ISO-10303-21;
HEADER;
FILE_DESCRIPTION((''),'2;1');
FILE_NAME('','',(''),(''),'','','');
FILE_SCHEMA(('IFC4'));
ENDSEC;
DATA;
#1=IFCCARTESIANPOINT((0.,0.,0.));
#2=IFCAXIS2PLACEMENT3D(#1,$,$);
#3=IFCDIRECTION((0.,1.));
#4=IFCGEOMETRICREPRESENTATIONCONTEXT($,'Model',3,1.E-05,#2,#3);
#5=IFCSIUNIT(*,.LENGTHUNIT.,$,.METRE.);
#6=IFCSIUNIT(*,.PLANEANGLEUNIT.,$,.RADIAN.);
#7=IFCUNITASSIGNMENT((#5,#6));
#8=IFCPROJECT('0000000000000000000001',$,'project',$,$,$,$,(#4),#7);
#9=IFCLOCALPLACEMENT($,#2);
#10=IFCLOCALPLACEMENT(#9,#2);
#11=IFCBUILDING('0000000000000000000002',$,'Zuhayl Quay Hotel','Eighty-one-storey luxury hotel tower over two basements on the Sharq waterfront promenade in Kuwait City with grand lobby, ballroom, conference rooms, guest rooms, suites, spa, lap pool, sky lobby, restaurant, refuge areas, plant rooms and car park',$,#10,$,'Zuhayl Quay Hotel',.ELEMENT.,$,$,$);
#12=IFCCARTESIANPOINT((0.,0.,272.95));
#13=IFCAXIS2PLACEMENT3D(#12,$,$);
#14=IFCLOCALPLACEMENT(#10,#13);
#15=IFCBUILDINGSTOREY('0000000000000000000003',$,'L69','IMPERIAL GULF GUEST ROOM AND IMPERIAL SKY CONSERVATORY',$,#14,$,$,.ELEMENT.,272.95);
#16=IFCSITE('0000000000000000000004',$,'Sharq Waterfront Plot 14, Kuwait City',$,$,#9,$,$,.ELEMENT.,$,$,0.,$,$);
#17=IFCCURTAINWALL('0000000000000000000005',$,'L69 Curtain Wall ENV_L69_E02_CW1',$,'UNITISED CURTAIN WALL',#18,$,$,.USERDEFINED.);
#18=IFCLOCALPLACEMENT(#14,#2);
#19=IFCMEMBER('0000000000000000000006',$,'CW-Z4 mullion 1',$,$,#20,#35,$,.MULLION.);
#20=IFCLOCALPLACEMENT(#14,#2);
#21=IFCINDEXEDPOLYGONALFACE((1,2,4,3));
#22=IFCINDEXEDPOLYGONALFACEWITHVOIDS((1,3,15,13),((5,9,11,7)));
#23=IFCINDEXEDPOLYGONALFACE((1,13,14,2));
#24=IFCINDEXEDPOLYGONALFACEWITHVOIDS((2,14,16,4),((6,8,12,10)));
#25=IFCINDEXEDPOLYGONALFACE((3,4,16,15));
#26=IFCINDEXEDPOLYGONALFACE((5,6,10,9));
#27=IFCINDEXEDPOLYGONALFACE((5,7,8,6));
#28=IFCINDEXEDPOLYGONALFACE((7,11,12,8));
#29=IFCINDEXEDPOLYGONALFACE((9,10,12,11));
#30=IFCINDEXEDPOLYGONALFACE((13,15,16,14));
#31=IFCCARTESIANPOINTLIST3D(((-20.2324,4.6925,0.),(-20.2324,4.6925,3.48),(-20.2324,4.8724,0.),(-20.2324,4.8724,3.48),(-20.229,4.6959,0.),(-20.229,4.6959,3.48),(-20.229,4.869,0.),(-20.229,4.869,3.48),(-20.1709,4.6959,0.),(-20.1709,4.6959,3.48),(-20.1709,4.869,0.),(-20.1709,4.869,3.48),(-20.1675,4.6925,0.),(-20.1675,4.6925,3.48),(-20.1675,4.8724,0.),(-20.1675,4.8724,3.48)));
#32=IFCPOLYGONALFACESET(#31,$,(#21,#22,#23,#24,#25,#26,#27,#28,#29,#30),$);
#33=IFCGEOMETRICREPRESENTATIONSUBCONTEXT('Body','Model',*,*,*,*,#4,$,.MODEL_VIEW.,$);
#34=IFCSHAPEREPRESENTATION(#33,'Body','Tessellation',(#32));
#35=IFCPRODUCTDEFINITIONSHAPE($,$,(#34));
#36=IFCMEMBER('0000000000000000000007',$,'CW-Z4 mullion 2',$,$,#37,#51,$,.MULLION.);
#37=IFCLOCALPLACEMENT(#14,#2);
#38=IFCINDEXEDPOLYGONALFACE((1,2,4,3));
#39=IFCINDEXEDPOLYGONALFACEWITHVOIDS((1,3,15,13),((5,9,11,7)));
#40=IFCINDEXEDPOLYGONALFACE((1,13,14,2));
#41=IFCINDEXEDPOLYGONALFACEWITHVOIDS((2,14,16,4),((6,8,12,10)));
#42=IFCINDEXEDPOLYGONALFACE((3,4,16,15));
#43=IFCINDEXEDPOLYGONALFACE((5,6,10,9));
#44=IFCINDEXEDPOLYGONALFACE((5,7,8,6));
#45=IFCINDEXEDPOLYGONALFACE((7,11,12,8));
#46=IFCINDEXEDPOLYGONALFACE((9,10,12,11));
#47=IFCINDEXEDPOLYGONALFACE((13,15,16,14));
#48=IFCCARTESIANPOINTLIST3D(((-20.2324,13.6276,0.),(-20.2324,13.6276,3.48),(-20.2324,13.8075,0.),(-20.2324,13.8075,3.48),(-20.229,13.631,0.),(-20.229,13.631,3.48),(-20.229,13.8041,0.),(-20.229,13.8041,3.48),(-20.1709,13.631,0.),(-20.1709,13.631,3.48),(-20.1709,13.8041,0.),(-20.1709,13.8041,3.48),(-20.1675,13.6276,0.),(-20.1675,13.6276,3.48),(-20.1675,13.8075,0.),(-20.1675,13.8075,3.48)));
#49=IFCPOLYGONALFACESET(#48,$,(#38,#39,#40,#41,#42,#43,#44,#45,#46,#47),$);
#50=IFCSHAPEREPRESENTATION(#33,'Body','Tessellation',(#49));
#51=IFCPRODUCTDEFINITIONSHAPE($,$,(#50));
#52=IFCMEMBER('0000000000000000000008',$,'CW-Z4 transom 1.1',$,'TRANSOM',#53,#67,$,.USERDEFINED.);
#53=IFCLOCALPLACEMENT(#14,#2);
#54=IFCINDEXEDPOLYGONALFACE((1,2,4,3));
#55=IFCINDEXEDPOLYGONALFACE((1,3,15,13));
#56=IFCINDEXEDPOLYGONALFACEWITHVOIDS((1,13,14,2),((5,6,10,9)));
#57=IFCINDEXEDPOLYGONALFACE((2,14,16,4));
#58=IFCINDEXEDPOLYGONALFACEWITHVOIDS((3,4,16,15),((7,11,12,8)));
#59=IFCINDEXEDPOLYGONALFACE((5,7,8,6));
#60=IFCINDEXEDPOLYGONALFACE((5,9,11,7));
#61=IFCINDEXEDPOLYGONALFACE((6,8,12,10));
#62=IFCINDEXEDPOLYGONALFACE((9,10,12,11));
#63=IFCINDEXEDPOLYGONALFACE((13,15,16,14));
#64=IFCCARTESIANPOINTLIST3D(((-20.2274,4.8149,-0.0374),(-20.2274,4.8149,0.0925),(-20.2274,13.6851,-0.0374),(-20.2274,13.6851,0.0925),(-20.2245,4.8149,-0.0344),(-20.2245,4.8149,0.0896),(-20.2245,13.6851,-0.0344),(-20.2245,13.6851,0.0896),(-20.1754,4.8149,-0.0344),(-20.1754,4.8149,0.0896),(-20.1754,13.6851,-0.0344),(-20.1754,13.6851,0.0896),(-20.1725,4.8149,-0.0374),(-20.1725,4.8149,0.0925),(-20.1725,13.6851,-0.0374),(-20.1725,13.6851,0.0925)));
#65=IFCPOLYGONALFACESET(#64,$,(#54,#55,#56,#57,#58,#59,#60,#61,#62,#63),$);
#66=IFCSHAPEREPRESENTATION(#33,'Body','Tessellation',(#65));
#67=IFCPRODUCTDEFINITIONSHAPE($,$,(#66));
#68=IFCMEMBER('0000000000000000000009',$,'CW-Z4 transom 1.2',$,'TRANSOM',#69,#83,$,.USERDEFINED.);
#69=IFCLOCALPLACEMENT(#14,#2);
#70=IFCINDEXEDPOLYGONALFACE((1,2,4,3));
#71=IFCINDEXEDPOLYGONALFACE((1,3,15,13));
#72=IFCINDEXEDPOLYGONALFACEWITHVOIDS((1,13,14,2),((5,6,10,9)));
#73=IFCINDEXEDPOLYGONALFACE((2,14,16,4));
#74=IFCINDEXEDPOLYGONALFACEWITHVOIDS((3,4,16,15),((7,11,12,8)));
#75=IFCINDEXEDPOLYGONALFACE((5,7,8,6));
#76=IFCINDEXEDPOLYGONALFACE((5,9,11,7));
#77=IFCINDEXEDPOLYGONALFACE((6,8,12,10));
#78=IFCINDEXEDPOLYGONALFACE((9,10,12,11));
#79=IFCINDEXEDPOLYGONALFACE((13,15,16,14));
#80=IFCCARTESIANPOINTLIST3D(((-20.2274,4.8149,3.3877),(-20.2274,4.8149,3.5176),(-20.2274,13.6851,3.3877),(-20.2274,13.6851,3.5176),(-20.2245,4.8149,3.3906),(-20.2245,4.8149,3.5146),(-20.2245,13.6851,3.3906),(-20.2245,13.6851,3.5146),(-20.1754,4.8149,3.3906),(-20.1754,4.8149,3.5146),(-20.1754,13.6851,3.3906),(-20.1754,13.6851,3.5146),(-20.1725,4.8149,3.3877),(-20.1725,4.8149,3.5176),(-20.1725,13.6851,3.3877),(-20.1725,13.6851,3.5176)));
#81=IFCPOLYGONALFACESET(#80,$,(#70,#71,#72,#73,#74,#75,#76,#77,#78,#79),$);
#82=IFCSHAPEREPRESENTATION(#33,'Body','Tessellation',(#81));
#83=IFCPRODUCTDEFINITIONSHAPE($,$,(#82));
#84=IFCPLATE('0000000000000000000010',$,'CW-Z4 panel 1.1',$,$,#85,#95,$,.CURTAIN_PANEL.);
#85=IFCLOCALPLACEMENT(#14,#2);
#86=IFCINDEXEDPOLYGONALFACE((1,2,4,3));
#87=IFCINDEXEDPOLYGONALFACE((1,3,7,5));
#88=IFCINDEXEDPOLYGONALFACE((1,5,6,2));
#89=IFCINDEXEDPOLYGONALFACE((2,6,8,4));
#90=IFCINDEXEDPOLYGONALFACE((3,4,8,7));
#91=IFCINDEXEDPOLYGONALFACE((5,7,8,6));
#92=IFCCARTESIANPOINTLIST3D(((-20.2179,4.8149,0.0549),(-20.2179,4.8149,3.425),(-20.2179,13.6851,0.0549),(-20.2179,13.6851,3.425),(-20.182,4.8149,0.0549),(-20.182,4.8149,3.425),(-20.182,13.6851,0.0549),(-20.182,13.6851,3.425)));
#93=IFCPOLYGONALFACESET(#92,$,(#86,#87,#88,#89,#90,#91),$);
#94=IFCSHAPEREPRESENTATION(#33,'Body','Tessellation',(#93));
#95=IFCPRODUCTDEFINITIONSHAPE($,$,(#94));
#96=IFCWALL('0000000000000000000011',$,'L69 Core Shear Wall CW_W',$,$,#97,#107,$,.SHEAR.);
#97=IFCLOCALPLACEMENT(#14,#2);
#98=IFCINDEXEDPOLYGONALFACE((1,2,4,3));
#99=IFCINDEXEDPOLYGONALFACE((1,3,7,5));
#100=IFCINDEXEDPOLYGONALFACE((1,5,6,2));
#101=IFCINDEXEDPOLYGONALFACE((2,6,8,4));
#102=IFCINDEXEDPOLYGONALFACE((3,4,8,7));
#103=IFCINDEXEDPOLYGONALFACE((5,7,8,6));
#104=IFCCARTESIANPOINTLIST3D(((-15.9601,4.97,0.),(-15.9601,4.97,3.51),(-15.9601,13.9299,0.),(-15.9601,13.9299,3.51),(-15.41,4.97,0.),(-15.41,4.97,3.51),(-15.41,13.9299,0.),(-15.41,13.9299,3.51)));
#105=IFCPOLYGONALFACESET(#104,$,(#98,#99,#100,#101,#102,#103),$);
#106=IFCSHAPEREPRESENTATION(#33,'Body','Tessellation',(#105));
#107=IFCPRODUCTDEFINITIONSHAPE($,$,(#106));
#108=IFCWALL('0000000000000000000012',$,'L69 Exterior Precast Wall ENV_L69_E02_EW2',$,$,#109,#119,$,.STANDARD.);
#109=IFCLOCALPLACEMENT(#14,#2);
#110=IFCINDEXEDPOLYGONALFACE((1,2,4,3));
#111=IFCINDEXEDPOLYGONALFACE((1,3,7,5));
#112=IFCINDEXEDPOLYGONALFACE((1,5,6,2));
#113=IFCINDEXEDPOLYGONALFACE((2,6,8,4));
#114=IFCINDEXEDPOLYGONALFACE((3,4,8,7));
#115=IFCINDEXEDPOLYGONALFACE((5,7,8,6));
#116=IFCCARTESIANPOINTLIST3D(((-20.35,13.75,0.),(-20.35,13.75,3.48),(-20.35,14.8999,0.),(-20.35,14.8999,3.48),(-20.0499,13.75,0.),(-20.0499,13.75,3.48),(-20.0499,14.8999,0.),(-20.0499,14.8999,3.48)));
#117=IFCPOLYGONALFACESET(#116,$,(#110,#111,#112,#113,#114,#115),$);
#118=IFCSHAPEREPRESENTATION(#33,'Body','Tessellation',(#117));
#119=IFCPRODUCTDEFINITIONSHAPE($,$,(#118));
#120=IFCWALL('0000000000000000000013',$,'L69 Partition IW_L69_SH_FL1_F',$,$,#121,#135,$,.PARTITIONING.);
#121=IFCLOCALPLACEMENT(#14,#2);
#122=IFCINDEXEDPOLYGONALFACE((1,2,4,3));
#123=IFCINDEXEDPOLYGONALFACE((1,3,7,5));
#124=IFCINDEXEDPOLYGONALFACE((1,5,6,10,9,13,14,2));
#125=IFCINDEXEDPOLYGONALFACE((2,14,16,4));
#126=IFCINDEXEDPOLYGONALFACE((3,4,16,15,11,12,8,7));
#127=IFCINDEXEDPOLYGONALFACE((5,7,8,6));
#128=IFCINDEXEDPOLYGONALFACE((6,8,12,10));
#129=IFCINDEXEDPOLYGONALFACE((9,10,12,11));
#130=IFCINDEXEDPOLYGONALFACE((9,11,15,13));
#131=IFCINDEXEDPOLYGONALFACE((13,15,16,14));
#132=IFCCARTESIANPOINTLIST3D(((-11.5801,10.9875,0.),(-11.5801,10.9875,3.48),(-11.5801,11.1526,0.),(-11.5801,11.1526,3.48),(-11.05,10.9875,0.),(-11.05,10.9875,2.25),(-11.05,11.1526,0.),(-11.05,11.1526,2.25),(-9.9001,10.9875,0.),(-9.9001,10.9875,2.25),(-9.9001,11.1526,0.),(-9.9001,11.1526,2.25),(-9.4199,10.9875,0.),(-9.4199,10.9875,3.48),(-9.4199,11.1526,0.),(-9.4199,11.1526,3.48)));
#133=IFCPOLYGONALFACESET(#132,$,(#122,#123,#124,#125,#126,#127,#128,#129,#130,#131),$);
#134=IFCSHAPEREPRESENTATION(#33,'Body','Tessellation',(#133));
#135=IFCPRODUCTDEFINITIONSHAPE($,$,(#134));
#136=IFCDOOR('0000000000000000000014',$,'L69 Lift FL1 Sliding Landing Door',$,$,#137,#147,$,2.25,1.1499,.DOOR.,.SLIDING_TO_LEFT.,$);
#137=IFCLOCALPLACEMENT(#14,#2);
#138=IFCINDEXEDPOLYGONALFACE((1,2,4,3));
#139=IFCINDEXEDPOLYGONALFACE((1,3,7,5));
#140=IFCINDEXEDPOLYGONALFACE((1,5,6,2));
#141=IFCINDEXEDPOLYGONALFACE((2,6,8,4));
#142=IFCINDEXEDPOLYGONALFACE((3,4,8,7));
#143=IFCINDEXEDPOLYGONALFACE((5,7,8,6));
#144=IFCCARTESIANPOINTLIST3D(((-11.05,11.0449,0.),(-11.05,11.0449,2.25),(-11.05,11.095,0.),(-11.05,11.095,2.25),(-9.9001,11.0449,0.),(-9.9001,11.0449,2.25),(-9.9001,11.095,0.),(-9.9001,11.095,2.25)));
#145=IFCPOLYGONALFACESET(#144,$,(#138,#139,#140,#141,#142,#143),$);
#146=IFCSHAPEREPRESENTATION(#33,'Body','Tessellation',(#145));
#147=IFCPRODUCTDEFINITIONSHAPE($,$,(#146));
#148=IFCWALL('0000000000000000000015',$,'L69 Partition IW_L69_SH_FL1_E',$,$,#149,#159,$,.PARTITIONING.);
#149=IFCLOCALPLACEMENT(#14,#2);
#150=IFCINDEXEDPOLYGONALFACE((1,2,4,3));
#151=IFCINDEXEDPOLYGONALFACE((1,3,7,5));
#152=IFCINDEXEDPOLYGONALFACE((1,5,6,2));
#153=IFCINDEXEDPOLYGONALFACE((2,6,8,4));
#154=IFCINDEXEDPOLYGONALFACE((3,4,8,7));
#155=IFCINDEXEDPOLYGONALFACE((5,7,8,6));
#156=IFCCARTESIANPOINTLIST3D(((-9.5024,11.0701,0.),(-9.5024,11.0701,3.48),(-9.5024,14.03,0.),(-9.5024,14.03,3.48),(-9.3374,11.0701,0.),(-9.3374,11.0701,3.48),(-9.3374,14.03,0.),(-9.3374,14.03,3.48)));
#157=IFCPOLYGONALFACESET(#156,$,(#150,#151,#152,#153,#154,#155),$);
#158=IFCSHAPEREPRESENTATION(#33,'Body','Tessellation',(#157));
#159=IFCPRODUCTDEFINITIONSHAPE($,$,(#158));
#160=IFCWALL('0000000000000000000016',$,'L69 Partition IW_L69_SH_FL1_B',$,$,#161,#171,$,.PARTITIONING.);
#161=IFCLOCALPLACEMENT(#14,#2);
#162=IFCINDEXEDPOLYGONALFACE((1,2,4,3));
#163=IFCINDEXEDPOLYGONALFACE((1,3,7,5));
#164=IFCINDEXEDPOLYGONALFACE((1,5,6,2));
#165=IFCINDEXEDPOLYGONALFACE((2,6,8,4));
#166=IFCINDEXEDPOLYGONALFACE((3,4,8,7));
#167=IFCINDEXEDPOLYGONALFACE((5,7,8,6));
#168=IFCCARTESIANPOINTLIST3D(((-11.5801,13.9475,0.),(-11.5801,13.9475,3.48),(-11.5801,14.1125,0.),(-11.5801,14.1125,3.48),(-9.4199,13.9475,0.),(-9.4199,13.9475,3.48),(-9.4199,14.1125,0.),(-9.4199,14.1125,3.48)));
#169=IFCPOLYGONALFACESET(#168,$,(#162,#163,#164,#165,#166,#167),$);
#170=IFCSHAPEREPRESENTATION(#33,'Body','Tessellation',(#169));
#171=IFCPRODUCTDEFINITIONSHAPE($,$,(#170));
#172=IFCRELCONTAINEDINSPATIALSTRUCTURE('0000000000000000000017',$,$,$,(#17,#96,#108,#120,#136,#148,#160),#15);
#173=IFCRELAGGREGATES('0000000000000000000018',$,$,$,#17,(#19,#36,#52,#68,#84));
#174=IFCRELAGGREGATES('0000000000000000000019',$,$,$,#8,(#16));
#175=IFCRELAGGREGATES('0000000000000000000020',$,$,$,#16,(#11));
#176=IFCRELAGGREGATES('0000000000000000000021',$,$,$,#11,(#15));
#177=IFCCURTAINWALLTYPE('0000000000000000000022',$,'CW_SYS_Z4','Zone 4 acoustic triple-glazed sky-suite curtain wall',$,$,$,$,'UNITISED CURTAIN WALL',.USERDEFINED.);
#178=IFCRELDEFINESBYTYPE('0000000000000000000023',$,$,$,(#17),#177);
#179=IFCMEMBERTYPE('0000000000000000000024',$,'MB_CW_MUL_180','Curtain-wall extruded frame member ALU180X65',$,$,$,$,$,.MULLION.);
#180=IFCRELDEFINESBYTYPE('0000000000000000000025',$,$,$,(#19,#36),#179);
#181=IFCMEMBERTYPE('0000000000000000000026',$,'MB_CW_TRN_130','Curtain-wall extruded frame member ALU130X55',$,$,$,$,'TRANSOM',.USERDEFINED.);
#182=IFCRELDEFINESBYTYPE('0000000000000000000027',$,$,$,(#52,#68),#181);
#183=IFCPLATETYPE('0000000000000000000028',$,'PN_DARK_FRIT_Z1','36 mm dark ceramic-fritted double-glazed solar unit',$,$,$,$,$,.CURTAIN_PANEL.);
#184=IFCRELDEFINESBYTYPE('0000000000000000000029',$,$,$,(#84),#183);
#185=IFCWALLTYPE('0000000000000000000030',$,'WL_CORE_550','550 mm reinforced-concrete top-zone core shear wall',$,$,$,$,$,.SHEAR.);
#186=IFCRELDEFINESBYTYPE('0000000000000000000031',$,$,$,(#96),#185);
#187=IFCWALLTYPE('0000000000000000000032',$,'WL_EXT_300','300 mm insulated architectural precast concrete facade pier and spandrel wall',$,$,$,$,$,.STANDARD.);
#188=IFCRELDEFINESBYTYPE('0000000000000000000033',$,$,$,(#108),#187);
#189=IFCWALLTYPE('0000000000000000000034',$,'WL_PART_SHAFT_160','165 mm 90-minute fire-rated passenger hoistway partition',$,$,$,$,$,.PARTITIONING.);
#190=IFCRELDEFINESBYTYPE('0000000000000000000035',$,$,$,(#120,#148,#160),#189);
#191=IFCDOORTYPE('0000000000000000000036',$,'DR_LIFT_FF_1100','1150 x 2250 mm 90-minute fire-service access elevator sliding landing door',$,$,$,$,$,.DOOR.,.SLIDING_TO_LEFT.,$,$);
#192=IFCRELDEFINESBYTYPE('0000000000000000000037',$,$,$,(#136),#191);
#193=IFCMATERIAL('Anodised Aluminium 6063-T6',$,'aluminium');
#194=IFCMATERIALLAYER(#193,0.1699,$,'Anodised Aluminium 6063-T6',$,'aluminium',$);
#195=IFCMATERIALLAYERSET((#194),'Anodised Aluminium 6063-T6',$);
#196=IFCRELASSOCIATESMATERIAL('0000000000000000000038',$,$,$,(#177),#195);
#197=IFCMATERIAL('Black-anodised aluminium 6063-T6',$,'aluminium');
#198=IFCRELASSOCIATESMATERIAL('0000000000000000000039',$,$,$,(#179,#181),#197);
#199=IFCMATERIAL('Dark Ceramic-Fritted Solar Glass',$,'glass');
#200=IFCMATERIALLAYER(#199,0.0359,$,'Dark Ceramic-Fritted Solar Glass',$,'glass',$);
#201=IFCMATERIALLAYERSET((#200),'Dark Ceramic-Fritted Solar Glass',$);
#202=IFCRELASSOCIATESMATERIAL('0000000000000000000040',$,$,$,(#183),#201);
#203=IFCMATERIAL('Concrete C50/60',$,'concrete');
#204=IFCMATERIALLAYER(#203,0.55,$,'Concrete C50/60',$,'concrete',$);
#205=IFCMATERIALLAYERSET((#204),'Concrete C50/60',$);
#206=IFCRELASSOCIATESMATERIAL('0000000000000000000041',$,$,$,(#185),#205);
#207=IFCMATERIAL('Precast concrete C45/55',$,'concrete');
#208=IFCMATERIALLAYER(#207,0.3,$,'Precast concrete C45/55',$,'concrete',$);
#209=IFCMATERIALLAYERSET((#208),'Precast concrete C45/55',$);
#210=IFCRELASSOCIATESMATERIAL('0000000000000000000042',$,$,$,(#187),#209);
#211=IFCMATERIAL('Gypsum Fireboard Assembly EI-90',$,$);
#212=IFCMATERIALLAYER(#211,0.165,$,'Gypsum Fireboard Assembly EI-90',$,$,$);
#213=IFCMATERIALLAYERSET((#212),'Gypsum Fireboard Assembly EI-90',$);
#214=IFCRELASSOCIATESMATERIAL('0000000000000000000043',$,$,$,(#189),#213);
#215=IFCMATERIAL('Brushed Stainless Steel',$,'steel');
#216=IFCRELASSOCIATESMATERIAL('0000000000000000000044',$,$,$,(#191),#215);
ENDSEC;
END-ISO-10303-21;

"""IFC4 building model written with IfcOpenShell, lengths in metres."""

from ifc_helpers import new_model, si_unit, direction, frame, frame_2d, origin, origin_2d, place, context, subcontext, project, spatial, rectangle, hollow_rectangle, extrude, material, layer, layer_set, material_profile, profile_set, type_object, element, fill, aggregate, save


model = new_model("IFC4")

# Units and contexts
model_context = context("Model", 3, precision=1e-05, world=origin(), true_north=direction((0.0, 1.0)))
body_context = subcontext(model_context, "Body", "Model", "MODEL_VIEW")
ifc_project = project(units=[si_unit("LENGTHUNIT", "METRE"), si_unit("PLANEANGLEUNIT", "RADIAN")], contexts=[model_context])

# Site, building, storey
site_placement = place(None, origin())
site = spatial("IfcSite", under=ifc_project, at=site_placement, Name="Sharq Waterfront Plot 14, Kuwait City", CompositionType="ELEMENT", RefElevation=0.0)
building_placement = place(site_placement, origin())
building = spatial("IfcBuilding", under=site, at=building_placement, Name="Zuhayl Quay Hotel", Description="Eighty-one-storey luxury hotel tower over two basements on the Sharq waterfront promenade in Kuwait City with grand lobby, ballroom, conference rooms, guest rooms, suites, spa, lap pool, sky lobby, restaurant, refuge areas, plant rooms and car park", LongName="Zuhayl Quay Hotel", CompositionType="ELEMENT")
storey_placement = place(building_placement, frame((0.0, 0.0, 272.95)))
storey = spatial("IfcBuildingStorey", under=building, at=storey_placement, Name="L69", Description="IMPERIAL GULF GUEST ROOM AND IMPERIAL SKY CONSERVATORY", CompositionType="ELEMENT", Elevation=272.95)

# Curtain wall, members, plate
ifc_material_1 = material(Name="Anodised Aluminium 6063-T6", Category="aluminium")
ifc_layer_1 = layer(ifc_material_1, 0.1699, Name="Anodised Aluminium 6063-T6", Category="aluminium")
ifc_layer_set_1 = layer_set([ifc_layer_1], Name="Anodised Aluminium 6063-T6")
curtain_wall_type = type_object("IfcCurtainWallType", Name="CW_SYS_Z4", Description="Zone 4 acoustic triple-glazed sky-suite curtain wall", ElementType="UNITISED CURTAIN WALL", PredefinedType="USERDEFINED", material=ifc_layer_set_1)
curtain_wall_placement = place(storey_placement, origin())
curtain_wall = element("IfcCurtainWall", 1, at=curtain_wall_placement, inside=storey, type_object=curtain_wall_type, Name="L69 Curtain Wall ENV_L69_E02_CW1", ObjectType="UNITISED CURTAIN WALL", PredefinedType="USERDEFINED")
ifc_material_2 = material(Name="Black-anodised aluminium 6063-T6", Category="aluminium")
ifc_material_profile_1 = material_profile(ifc_material_2, hollow_rectangle(XDim=0.0649, YDim=0.1799, WallThickness=0.0034, at=origin_2d()), Name="ALU180X65")
ifc_profile_set_1 = profile_set([ifc_material_profile_1], Name="Black-anodised aluminium 6063-T6")
member_type_1 = type_object("IfcMemberType", Name="MB_CW_MUL_180", Description="Curtain-wall extruded frame member ALU180X65", PredefinedType="MULLION", material=ifc_profile_set_1)
member_1_placement = place(storey_placement, frame((-20.2, 4.7825, 0.0), z_axis=(0.0, 0.0, 1.0), x_axis=(-1.0, 0.0, 0.0)))
member_1 = element("IfcMember", 2, at=member_1_placement, type_object=member_type_1, Name="CW-Z4 mullion 1", PredefinedType="MULLION", context=body_context, shape_type="SweptSolid", body=[
    extrude(hollow_rectangle(XDim=0.0649, YDim=0.1799, WallThickness=0.0034, at=origin_2d()), origin(), (0.0, 0.0, 1.0), 3.48),
])
member_2_placement = place(storey_placement, frame((-20.2, 13.7175, 0.0), z_axis=(0.0, 0.0, 1.0), x_axis=(-1.0, 0.0, 0.0)))
member_2 = element("IfcMember", 3, at=member_2_placement, type_object=member_type_1, Name="CW-Z4 mullion 2", PredefinedType="MULLION", context=body_context, shape_type="SweptSolid", body=[
    extrude(hollow_rectangle(XDim=0.0649, YDim=0.1799, WallThickness=0.0034, at=origin_2d()), origin(), (0.0, 0.0, 1.0), 3.48),
])
ifc_material_profile_2 = material_profile(ifc_material_2, hollow_rectangle(XDim=0.0549, YDim=0.1299, WallThickness=0.0029, at=origin_2d()), Name="ALU130X55")
ifc_profile_set_2 = profile_set([ifc_material_profile_2], Name="Black-anodised aluminium 6063-T6")
member_type_2 = type_object("IfcMemberType", Name="MB_CW_TRN_130", Description="Curtain-wall extruded frame member ALU130X55", ElementType="TRANSOM", PredefinedType="USERDEFINED", material=ifc_profile_set_2)
member_3_placement = place(storey_placement, frame((-20.2, 4.8149, 0.0276), z_axis=(0.0, 1.0, 0.0), x_axis=(-1.0, 0.0, 0.0)))
member_3 = element("IfcMember", 4, at=member_3_placement, type_object=member_type_2, Name="CW-Z4 transom 1.1", ObjectType="TRANSOM", PredefinedType="USERDEFINED", context=body_context, shape_type="SweptSolid", body=[
    extrude(hollow_rectangle(XDim=0.0549, YDim=0.1299, WallThickness=0.0029, at=origin_2d()), origin(), (0.0, 0.0, 1.0), 8.8701),
])
member_4_placement = place(storey_placement, frame((-20.2, 4.8149, 3.4526), z_axis=(0.0, 1.0, 0.0), x_axis=(-1.0, 0.0, 0.0)))
member_4 = element("IfcMember", 5, at=member_4_placement, type_object=member_type_2, Name="CW-Z4 transom 1.2", ObjectType="TRANSOM", PredefinedType="USERDEFINED", context=body_context, shape_type="SweptSolid", body=[
    extrude(hollow_rectangle(XDim=0.0549, YDim=0.1299, WallThickness=0.0029, at=origin_2d()), origin(), (0.0, 0.0, 1.0), 8.8701),
])
ifc_material_3 = material(Name="Dark Ceramic-Fritted Solar Glass", Category="glass")
ifc_layer_2 = layer(ifc_material_3, 0.0359, Name="Dark Ceramic-Fritted Solar Glass", Category="glass")
ifc_layer_set_2 = layer_set([ifc_layer_2], Name="Dark Ceramic-Fritted Solar Glass")
plate_type = type_object("IfcPlateType", Name="PN_DARK_FRIT_Z1", Description="36 mm dark ceramic-fritted double-glazed solar unit", PredefinedType="CURTAIN_PANEL", material=ifc_layer_set_2)
plate_placement = place(storey_placement, frame((-20.2, 9.25, 0.0549), z_axis=(0.0, 0.0, 1.0), x_axis=(0.0, 1.0, 0.0)))
plate = element("IfcPlate", 6, at=plate_placement, type_object=plate_type, Name="CW-Z4 panel 1.1", PredefinedType="CURTAIN_PANEL", context=body_context, shape_type="SweptSolid", body=[
    extrude(rectangle(XDim=8.8701, YDim=0.0359, at=origin_2d()), origin(), (0.0, 0.0, 1.0), 3.3701),
])
aggregate(curtain_wall, [member_1, member_2, member_3, member_4, plate])

# Walls
ifc_material_4 = material(Name="Concrete C50/60", Category="concrete")
ifc_layer_3 = layer(ifc_material_4, 0.55, Name="Concrete C50/60", Category="concrete")
ifc_layer_set_3 = layer_set([ifc_layer_3], Name="Concrete C50/60")
wall_type_1 = type_object("IfcWallType", Name="WL_CORE_550", Description="550 mm reinforced-concrete top-zone core shear wall", PredefinedType="SHEAR", material=ifc_layer_set_3)
wall_1_placement = place(storey_placement, frame((-15.6851, 4.97, 0.0), z_axis=(0.0, 0.0, 1.0), x_axis=(0.0, 1.0, 0.0)))
element("IfcWall", 7, at=wall_1_placement, inside=storey, type_object=wall_type_1, Name="L69 Core Shear Wall CW_W", PredefinedType="SHEAR", context=body_context, shape_type="SweptSolid", body=[
    extrude(rectangle(XDim=8.96, YDim=0.55, at=frame_2d((4.48, 0.0))), origin(), (0.0, 0.0, 1.0), 3.51),
])
ifc_material_5 = material(Name="Precast concrete C45/55", Category="concrete")
ifc_layer_4 = layer(ifc_material_5, 0.3, Name="Precast concrete C45/55", Category="concrete")
ifc_layer_set_4 = layer_set([ifc_layer_4], Name="Precast concrete C45/55")
wall_type_2 = type_object("IfcWallType", Name="WL_EXT_300", Description="300 mm insulated architectural precast concrete facade pier and spandrel wall", PredefinedType="STANDARD", material=ifc_layer_set_4)
wall_2_placement = place(storey_placement, frame((-20.2, 13.75, 0.0), z_axis=(0.0, 0.0, 1.0), x_axis=(0.0, 1.0, 0.0)))
element("IfcWall", 8, at=wall_2_placement, inside=storey, type_object=wall_type_2, Name="L69 Exterior Precast Wall ENV_L69_E02_EW2", PredefinedType="STANDARD", context=body_context, shape_type="SweptSolid", body=[
    extrude(rectangle(XDim=1.1499, YDim=0.3, at=frame_2d((0.575, 0.0))), origin(), (0.0, 0.0, 1.0), 3.48),
])

# Wall, opening, door
ifc_material_6 = material(Name="Gypsum Fireboard Assembly EI-90")
ifc_layer_5 = layer(ifc_material_6, 0.165, Name="Gypsum Fireboard Assembly EI-90")
ifc_layer_set_5 = layer_set([ifc_layer_5], Name="Gypsum Fireboard Assembly EI-90")
wall_type_3 = type_object("IfcWallType", Name="WL_PART_SHAFT_160", Description="165 mm 90-minute fire-rated passenger hoistway partition", PredefinedType="PARTITIONING", material=ifc_layer_set_5)
wall_3_placement = place(storey_placement, frame((-11.5801, 11.0701, 0.0), z_axis=(0.0, 0.0, 1.0), x_axis=(1.0, 0.0, 0.0)))
wall_3 = element("IfcWall", 9, at=wall_3_placement, inside=storey, type_object=wall_type_3, Name="L69 Partition IW_L69_SH_FL1_F", PredefinedType="PARTITIONING", context=body_context, shape_type="SweptSolid", body=[
    extrude(rectangle(XDim=2.1602, YDim=0.165, at=frame_2d((1.0801, 0.0))), origin(), (0.0, 0.0, 1.0), 3.48),
])
opening_1_placement = place(wall_3_placement, frame((0.53, 0.0, 0.0)))
opening_1 = element("IfcOpeningElement", 10, at=opening_1_placement, cuts=wall_3, PredefinedType="OPENING", context=body_context, shape_type="SweptSolid", body=[
    extrude(rectangle(XDim=1.1499, YDim=2.25, at=frame_2d((0.575, 1.125))), frame((0.0, 0.0925, 0.0), z_axis=(0.0, -1.0, 0.0), x_axis=(1.0, 0.0, 0.0)), (0.0, 0.0, 1.0), 0.1851),
])
ifc_material_7 = material(Name="Brushed Stainless Steel", Category="steel")
door_type_1 = type_object("IfcDoorType", Name="DR_LIFT_FF_1100", Description="1150 x 2250 mm 90-minute fire-service access elevator sliding landing door", OperationType="SLIDING_TO_LEFT", PredefinedType="DOOR", material=ifc_material_7)
door_1_placement = place(opening_1_placement, origin())
door_1 = element("IfcDoor", 11, at=door_1_placement, inside=storey, type_object=door_type_1, Name="L69 Lift FL1 Sliding Landing Door", OperationType="SLIDING_TO_LEFT", OverallHeight=2.25, OverallWidth=1.1499, PredefinedType="DOOR", context=body_context, shape_type="SweptSolid", body=[
    extrude(rectangle(XDim=1.1499, YDim=2.25, at=frame_2d((0.575, 1.125))), frame((0.0, 0.0249, 0.0), z_axis=(0.0, -1.0, 0.0), x_axis=(1.0, 0.0, 0.0)), (0.0, 0.0, 1.0), 0.05),
])
fill(opening_1, door_1)

# Walls
wall_4_placement = place(storey_placement, frame((-9.4199, 11.0701, 0.0), z_axis=(0.0, 0.0, 1.0), x_axis=(0.0, 1.0, 0.0)))
element("IfcWall", 12, at=wall_4_placement, inside=storey, type_object=wall_type_3, Name="L69 Partition IW_L69_SH_FL1_E", PredefinedType="PARTITIONING", context=body_context, shape_type="SweptSolid", body=[
    extrude(rectangle(XDim=2.96, YDim=0.165, at=frame_2d((1.48, 0.0))), origin(), (0.0, 0.0, 1.0), 3.48),
])
wall_5_placement = place(storey_placement, frame((-11.5801, 14.03, 0.0), z_axis=(0.0, 0.0, 1.0), x_axis=(1.0, 0.0, 0.0)))
element("IfcWall", 13, at=wall_5_placement, inside=storey, type_object=wall_type_3, Name="L69 Partition IW_L69_SH_FL1_B", PredefinedType="PARTITIONING", context=body_context, shape_type="SweptSolid", body=[
    extrude(rectangle(XDim=2.1602, YDim=0.165, at=frame_2d((1.0801, 0.0))), origin(), (0.0, 0.0, 1.0), 3.48),
])

save(model, "model.ifc")
